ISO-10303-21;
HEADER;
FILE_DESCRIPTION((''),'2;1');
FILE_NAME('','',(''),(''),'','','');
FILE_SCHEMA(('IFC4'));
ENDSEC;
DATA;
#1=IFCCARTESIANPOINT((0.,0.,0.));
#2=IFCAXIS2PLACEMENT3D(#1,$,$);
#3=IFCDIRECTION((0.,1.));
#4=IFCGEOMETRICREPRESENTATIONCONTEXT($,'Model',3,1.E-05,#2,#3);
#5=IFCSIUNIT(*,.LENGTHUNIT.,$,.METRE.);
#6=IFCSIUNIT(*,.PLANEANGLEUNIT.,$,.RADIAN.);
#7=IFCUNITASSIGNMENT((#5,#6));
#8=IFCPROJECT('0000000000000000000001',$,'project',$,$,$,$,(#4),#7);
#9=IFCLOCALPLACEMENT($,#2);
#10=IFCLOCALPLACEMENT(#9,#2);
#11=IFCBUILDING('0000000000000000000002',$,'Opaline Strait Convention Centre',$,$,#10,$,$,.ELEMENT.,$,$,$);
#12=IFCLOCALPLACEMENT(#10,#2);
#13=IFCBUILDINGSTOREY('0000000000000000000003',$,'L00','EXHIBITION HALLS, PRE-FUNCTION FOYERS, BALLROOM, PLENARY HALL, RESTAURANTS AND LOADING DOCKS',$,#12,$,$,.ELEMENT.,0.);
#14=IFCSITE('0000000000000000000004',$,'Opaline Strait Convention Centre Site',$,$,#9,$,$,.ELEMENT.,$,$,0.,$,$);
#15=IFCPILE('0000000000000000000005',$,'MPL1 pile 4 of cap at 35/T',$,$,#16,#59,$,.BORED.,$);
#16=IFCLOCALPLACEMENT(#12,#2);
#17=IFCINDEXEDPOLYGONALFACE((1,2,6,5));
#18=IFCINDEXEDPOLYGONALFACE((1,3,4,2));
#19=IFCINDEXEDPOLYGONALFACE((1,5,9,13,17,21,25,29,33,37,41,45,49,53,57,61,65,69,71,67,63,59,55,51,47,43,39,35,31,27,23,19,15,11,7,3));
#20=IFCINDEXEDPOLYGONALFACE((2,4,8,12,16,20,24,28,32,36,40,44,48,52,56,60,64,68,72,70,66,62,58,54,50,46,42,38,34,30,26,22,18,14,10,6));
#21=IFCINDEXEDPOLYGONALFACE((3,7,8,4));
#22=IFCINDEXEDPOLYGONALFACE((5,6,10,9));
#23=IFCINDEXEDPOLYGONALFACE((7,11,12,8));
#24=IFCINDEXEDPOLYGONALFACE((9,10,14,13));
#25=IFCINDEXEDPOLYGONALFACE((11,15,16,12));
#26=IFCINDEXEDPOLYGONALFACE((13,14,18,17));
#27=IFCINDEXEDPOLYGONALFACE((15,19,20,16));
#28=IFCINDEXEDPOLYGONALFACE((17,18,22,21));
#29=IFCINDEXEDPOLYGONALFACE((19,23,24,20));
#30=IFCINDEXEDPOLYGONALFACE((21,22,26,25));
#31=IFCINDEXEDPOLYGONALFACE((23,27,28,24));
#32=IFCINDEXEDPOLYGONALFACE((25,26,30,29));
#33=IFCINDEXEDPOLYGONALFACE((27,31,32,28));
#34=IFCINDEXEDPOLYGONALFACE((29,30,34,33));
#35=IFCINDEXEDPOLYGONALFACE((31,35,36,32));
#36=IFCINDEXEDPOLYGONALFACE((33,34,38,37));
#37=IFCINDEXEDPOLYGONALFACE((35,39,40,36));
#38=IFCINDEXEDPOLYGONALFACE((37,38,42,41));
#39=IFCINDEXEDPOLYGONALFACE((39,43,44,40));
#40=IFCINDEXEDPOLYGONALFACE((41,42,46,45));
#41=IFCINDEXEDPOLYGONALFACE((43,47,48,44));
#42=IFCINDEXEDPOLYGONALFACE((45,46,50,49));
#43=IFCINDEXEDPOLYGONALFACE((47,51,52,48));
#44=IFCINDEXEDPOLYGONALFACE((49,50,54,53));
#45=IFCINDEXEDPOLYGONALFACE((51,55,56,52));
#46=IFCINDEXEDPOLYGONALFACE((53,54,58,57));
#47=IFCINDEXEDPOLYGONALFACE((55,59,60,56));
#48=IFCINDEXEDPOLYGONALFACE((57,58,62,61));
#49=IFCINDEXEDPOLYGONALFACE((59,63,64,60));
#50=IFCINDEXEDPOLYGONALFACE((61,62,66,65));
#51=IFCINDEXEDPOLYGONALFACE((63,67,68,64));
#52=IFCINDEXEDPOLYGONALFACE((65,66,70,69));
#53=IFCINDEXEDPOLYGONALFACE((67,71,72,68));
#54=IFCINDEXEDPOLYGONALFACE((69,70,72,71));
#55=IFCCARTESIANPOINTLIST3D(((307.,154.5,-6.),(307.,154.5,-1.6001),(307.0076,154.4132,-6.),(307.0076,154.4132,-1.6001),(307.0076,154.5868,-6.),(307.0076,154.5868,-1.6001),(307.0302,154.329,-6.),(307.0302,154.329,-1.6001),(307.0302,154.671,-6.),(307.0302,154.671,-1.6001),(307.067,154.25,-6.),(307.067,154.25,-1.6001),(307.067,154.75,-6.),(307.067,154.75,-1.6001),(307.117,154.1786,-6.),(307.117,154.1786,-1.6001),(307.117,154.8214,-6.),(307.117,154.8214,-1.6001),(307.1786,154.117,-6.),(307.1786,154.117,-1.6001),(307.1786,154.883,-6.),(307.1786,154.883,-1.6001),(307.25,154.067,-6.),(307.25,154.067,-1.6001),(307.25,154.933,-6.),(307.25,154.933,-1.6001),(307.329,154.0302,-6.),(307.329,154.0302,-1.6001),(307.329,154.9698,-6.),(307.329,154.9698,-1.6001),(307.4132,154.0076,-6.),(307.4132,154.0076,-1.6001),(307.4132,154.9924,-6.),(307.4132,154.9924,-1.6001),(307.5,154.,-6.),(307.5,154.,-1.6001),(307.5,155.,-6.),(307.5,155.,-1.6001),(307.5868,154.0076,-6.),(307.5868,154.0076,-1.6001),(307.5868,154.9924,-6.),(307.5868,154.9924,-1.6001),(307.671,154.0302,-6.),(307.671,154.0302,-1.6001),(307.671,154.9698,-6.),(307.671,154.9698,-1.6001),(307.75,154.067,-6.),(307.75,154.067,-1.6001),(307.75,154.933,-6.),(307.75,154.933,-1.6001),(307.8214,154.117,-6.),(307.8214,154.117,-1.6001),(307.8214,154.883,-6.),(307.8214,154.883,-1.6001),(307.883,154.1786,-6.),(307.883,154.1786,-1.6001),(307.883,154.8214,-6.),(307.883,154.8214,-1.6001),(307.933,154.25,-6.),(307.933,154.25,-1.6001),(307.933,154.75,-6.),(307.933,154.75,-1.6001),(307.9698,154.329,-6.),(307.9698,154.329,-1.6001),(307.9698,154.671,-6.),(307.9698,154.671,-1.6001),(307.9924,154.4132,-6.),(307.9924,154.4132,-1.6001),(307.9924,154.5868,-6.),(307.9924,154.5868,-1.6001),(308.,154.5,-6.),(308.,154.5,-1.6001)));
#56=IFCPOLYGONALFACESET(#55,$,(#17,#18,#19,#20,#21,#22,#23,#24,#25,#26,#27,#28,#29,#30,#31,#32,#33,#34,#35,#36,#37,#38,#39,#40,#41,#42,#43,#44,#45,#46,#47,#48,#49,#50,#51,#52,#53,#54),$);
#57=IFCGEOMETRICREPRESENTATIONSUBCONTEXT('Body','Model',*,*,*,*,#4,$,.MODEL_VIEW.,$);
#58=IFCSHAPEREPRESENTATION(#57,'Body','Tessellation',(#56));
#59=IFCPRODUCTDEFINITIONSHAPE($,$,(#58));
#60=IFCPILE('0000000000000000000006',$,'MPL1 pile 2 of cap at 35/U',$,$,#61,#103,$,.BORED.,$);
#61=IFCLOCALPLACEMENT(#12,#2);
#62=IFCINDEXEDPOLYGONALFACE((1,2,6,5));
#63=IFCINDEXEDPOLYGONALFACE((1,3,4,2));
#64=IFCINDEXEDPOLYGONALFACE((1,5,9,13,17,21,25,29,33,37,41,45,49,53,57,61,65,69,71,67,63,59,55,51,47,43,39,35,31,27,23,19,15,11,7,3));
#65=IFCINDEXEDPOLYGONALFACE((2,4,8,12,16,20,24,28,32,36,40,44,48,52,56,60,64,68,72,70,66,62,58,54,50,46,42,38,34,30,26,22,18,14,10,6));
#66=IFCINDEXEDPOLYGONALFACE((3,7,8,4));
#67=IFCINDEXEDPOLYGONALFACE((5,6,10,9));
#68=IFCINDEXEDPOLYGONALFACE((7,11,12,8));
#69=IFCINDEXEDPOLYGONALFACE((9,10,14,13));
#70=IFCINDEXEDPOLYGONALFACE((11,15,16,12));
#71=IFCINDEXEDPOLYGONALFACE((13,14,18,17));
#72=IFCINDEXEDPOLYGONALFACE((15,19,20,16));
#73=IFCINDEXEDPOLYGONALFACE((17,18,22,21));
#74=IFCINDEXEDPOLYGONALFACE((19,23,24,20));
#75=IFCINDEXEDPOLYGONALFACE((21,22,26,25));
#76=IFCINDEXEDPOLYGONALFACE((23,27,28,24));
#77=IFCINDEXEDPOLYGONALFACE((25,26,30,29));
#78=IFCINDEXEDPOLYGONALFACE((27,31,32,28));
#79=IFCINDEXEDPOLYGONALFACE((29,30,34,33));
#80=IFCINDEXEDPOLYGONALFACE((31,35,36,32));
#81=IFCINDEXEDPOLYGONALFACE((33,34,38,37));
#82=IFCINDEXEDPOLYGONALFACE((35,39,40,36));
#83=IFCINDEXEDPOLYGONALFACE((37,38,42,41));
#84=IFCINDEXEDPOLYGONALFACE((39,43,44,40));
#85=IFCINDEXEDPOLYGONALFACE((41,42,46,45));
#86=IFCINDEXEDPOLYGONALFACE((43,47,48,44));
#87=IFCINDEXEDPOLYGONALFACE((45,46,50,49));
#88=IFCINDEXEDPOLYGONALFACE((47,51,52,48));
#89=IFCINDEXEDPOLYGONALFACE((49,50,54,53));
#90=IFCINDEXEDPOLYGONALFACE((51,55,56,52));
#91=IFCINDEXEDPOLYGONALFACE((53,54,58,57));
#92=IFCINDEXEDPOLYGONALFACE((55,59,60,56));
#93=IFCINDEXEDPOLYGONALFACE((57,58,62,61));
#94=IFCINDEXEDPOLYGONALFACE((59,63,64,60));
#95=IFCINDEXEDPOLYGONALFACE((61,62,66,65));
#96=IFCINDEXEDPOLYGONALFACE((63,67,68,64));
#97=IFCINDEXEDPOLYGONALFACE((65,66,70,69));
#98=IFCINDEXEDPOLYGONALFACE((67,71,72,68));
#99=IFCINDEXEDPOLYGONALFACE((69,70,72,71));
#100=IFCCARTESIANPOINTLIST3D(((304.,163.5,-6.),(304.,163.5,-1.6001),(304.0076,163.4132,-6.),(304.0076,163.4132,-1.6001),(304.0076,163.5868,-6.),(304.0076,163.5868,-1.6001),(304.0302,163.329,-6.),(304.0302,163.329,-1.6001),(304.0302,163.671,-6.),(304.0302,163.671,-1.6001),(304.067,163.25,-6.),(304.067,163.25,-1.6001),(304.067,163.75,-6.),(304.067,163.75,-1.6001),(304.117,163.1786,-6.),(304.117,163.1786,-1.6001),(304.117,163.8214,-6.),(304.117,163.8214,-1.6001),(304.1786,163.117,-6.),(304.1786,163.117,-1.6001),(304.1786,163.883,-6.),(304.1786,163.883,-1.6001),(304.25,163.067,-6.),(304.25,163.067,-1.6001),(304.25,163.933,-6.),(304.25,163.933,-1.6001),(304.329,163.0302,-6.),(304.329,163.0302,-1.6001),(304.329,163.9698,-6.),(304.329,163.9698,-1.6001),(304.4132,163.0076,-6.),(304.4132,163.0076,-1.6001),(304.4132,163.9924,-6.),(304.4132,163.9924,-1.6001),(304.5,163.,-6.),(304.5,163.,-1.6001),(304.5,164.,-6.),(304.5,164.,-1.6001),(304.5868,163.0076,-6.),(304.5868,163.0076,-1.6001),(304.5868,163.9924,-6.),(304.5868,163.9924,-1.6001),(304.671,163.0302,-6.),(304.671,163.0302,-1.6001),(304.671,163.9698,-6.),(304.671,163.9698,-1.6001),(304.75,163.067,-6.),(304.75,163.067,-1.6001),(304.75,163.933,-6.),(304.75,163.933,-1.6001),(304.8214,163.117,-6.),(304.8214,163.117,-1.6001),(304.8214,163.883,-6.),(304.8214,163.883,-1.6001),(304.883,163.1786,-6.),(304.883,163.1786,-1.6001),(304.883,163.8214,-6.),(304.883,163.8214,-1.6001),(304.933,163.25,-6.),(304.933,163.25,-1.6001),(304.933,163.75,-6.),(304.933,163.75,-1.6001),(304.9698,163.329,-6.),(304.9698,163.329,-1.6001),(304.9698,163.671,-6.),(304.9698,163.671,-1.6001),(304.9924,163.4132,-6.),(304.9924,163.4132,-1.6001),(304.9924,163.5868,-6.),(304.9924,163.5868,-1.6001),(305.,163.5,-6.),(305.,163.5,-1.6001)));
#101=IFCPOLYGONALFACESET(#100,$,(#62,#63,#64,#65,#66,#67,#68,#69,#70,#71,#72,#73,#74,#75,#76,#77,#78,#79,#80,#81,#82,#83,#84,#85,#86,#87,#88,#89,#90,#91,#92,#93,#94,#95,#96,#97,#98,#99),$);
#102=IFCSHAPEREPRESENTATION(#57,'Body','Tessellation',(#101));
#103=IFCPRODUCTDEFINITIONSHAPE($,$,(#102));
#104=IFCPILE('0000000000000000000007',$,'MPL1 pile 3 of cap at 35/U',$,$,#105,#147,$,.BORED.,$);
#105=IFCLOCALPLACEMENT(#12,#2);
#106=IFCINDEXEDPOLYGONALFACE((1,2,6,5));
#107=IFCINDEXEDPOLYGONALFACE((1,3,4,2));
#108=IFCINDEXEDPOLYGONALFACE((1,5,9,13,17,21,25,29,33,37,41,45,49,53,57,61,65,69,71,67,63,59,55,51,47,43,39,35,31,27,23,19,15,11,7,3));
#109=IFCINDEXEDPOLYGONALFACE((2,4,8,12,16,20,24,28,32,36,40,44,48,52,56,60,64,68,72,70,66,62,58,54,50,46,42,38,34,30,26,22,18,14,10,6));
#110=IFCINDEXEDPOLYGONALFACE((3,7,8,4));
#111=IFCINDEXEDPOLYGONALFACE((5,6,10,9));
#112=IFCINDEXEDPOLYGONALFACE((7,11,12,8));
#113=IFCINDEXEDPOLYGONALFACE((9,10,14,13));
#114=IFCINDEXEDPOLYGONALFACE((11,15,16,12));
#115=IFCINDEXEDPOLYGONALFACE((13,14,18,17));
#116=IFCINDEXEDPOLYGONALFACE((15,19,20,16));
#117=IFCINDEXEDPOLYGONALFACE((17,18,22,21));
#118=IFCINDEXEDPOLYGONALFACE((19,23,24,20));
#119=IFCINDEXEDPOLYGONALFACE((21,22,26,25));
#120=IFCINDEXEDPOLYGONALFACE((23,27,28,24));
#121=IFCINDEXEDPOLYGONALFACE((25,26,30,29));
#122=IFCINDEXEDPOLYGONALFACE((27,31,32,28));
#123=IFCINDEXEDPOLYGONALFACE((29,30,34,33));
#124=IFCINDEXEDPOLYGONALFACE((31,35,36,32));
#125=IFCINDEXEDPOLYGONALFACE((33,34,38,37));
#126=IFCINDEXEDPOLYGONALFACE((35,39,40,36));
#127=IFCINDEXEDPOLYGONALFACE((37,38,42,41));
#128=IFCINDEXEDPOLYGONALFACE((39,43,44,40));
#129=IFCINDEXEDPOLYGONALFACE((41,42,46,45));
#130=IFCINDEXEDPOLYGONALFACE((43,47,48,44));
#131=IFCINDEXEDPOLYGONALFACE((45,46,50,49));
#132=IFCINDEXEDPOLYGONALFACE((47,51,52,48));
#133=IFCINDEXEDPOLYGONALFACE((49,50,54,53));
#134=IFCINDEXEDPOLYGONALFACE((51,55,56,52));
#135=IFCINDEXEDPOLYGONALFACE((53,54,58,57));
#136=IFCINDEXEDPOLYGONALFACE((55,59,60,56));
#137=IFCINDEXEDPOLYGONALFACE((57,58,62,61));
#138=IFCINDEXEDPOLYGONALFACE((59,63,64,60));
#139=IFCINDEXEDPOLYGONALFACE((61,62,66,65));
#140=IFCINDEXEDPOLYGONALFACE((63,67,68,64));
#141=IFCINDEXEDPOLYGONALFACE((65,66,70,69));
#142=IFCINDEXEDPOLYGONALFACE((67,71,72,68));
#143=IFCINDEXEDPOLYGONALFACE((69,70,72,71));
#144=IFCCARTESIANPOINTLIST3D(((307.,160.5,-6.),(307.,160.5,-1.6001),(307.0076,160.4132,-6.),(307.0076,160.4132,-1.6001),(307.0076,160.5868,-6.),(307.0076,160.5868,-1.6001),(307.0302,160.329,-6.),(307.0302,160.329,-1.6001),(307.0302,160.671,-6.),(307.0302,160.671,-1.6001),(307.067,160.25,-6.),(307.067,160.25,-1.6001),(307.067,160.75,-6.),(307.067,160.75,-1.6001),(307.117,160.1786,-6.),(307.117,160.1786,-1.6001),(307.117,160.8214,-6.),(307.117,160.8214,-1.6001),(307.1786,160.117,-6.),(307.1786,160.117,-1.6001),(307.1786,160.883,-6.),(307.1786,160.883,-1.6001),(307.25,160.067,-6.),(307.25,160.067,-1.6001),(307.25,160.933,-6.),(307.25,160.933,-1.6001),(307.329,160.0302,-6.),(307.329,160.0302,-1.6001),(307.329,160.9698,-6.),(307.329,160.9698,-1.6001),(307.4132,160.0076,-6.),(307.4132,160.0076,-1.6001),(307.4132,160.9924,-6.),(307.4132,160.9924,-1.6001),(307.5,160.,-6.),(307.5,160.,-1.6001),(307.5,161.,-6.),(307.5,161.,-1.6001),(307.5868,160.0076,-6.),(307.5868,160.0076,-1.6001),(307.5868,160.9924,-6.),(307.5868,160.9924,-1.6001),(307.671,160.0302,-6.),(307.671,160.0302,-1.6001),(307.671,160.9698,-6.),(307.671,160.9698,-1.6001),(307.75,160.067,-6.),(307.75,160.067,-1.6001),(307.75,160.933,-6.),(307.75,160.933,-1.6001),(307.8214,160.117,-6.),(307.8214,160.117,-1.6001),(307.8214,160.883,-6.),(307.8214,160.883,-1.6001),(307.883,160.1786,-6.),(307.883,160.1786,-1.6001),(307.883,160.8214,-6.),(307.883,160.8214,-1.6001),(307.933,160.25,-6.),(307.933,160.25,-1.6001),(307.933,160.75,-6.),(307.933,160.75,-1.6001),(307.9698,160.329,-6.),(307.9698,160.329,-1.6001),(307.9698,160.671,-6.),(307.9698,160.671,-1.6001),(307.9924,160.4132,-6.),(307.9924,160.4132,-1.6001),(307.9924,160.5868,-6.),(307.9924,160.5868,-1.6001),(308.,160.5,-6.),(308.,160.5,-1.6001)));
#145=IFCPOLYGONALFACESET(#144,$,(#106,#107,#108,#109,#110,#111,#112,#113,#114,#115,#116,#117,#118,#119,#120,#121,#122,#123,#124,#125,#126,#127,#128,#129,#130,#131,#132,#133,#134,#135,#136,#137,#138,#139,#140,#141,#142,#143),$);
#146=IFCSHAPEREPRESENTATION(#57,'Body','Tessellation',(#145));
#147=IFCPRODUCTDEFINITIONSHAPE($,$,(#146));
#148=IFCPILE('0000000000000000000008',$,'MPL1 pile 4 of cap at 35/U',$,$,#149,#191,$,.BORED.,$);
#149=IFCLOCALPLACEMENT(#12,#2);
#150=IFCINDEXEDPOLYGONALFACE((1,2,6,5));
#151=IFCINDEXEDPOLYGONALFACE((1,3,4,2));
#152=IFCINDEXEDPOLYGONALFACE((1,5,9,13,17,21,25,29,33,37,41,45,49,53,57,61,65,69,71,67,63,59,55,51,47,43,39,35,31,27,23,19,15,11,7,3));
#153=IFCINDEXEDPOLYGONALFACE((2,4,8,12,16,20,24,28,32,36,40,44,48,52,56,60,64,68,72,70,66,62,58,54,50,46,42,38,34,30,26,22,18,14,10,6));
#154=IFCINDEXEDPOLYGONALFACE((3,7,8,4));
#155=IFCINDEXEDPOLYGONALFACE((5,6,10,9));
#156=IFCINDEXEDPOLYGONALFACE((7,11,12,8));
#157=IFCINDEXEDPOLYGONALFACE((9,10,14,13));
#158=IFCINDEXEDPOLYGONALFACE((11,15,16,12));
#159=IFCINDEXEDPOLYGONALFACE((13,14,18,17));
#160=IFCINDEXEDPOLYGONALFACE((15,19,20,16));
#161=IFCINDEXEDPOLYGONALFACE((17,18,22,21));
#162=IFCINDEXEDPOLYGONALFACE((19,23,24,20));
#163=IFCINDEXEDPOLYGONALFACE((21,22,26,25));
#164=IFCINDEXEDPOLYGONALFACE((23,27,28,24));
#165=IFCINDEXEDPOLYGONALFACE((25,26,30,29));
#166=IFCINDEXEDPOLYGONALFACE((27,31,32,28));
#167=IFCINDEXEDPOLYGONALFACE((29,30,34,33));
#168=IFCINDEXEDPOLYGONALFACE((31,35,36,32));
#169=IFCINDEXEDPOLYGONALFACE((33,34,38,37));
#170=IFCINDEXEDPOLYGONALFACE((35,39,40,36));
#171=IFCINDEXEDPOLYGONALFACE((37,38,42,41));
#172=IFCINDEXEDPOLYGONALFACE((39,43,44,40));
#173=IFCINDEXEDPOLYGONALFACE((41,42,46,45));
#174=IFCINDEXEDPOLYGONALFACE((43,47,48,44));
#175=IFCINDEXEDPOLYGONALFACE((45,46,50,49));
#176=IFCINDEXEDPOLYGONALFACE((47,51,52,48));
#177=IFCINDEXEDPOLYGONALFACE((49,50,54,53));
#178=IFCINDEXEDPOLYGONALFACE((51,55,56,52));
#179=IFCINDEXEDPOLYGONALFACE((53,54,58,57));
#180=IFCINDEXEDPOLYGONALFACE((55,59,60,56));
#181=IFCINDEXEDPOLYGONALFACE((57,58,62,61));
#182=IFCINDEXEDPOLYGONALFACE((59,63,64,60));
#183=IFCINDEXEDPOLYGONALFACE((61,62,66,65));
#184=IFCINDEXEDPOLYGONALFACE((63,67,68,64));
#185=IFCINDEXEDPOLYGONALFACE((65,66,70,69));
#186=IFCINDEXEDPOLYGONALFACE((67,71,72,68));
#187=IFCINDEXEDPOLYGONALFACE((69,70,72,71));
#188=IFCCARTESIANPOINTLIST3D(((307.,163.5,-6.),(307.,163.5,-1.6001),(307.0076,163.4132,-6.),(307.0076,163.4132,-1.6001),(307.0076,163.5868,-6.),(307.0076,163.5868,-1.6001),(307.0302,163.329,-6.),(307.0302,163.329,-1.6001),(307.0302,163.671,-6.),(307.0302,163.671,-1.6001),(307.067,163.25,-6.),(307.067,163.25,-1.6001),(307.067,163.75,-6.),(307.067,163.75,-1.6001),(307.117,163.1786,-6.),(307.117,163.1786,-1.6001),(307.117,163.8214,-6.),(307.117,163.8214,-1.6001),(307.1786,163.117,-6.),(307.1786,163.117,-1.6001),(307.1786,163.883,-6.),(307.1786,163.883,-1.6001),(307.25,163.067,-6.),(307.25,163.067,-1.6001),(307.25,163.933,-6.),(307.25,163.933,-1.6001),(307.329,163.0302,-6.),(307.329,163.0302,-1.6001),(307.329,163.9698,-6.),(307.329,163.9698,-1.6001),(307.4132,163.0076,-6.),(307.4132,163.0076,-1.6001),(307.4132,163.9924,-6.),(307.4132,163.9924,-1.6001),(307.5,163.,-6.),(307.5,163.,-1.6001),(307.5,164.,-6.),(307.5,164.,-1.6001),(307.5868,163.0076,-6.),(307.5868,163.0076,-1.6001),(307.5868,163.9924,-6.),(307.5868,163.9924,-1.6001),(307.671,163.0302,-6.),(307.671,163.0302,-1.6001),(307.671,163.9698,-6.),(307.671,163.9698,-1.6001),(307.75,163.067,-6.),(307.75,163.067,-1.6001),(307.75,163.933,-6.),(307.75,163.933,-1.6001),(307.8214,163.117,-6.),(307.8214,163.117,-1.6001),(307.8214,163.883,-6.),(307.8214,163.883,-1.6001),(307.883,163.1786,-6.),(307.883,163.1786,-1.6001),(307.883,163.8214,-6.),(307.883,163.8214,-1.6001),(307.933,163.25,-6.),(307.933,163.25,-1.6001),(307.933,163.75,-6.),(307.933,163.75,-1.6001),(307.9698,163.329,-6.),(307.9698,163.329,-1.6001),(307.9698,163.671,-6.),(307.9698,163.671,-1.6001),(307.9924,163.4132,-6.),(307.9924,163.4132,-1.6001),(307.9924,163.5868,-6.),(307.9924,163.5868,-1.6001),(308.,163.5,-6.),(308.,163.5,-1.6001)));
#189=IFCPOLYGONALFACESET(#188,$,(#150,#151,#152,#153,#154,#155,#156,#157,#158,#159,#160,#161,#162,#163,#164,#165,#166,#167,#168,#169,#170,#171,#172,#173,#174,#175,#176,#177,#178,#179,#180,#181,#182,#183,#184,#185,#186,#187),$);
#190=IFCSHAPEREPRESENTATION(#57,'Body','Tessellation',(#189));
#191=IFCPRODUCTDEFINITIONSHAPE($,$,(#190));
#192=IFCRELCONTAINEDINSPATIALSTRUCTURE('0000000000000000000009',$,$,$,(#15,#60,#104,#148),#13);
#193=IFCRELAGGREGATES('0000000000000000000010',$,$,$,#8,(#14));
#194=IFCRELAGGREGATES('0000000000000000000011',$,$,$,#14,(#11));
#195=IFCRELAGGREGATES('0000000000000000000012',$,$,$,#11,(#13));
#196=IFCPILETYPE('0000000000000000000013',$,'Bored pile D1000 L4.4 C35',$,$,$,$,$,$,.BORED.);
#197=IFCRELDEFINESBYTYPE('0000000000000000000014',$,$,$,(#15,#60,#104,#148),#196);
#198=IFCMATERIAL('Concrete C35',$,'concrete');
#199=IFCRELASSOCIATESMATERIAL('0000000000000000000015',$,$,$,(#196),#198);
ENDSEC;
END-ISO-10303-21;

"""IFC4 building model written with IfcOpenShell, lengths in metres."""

from ifc_helpers import new_model, si_unit, direction, frame, origin, origin_2d, place, context, subcontext, project, spatial, circle, extrude, material, material_profile, profile_set, type_object, element, save


model = new_model("IFC4")

# Units and contexts
model_context = context("Model", 3, precision=1e-05, world=origin(), true_north=direction((0.0, 1.0)))
body_context = subcontext(model_context, "Body", "Model", "MODEL_VIEW")
ifc_project = project(units=[si_unit("LENGTHUNIT", "METRE"), si_unit("PLANEANGLEUNIT", "RADIAN")], contexts=[model_context])

# Site, building, storey
site_placement = place(None, origin())
site = spatial("IfcSite", under=ifc_project, at=site_placement, Name="Opaline Strait Convention Centre Site", CompositionType="ELEMENT", RefElevation=0.0)
building_placement = place(site_placement, origin())
building = spatial("IfcBuilding", under=site, at=building_placement, Name="Opaline Strait Convention Centre", CompositionType="ELEMENT")
storey_placement = place(building_placement, origin())
storey = spatial("IfcBuildingStorey", under=building, at=storey_placement, Name="L00", Description="EXHIBITION HALLS, PRE-FUNCTION FOYERS, BALLROOM, PLENARY HALL, RESTAURANTS AND LOADING DOCKS", CompositionType="ELEMENT", Elevation=0.0)

# Piles
ifc_material_1 = material(Name="Concrete C35", Category="concrete")
ifc_material_profile_1 = material_profile(ifc_material_1, circle(Radius=0.5, at=origin_2d()), Name="D1000")
ifc_profile_set_1 = profile_set([ifc_material_profile_1], Name="Concrete C35")
pile_type = type_object("IfcPileType", Name="Bored pile D1000 L4.4 C35", PredefinedType="BORED", material=ifc_profile_set_1)
for number, where, z_axis, x_axis, name in (
    (1, (307.5, 154.5, -1.6001), (0.0, 0.0, -1.0), (1.0, 0.0, 0.0), "MPL1 pile 4 of cap at 35/T"),
    (2, (304.5, 163.5, -1.6001), (0.0, 0.0, -1.0), (1.0, 0.0, 0.0), "MPL1 pile 2 of cap at 35/U"),
    (3, (307.5, 160.5, -1.6001), (0.0, 0.0, -1.0), (1.0, 0.0, 0.0), "MPL1 pile 3 of cap at 35/U"),
    (4, (307.5, 163.5, -1.6001), (0.0, 0.0, -1.0), (1.0, 0.0, 0.0), "MPL1 pile 4 of cap at 35/U"),
):
    element("IfcPile", number, at=place(storey_placement, frame(where, z_axis=z_axis, x_axis=x_axis)), inside=storey, type_object=pile_type, Name=name, PredefinedType="BORED", context=body_context, shape_type="SweptSolid", body=[
        extrude(circle(Radius=0.5, at=origin_2d()), origin(), (0.0, 0.0, 1.0), 4.3999),
    ])

save(model, "model.ifc")
